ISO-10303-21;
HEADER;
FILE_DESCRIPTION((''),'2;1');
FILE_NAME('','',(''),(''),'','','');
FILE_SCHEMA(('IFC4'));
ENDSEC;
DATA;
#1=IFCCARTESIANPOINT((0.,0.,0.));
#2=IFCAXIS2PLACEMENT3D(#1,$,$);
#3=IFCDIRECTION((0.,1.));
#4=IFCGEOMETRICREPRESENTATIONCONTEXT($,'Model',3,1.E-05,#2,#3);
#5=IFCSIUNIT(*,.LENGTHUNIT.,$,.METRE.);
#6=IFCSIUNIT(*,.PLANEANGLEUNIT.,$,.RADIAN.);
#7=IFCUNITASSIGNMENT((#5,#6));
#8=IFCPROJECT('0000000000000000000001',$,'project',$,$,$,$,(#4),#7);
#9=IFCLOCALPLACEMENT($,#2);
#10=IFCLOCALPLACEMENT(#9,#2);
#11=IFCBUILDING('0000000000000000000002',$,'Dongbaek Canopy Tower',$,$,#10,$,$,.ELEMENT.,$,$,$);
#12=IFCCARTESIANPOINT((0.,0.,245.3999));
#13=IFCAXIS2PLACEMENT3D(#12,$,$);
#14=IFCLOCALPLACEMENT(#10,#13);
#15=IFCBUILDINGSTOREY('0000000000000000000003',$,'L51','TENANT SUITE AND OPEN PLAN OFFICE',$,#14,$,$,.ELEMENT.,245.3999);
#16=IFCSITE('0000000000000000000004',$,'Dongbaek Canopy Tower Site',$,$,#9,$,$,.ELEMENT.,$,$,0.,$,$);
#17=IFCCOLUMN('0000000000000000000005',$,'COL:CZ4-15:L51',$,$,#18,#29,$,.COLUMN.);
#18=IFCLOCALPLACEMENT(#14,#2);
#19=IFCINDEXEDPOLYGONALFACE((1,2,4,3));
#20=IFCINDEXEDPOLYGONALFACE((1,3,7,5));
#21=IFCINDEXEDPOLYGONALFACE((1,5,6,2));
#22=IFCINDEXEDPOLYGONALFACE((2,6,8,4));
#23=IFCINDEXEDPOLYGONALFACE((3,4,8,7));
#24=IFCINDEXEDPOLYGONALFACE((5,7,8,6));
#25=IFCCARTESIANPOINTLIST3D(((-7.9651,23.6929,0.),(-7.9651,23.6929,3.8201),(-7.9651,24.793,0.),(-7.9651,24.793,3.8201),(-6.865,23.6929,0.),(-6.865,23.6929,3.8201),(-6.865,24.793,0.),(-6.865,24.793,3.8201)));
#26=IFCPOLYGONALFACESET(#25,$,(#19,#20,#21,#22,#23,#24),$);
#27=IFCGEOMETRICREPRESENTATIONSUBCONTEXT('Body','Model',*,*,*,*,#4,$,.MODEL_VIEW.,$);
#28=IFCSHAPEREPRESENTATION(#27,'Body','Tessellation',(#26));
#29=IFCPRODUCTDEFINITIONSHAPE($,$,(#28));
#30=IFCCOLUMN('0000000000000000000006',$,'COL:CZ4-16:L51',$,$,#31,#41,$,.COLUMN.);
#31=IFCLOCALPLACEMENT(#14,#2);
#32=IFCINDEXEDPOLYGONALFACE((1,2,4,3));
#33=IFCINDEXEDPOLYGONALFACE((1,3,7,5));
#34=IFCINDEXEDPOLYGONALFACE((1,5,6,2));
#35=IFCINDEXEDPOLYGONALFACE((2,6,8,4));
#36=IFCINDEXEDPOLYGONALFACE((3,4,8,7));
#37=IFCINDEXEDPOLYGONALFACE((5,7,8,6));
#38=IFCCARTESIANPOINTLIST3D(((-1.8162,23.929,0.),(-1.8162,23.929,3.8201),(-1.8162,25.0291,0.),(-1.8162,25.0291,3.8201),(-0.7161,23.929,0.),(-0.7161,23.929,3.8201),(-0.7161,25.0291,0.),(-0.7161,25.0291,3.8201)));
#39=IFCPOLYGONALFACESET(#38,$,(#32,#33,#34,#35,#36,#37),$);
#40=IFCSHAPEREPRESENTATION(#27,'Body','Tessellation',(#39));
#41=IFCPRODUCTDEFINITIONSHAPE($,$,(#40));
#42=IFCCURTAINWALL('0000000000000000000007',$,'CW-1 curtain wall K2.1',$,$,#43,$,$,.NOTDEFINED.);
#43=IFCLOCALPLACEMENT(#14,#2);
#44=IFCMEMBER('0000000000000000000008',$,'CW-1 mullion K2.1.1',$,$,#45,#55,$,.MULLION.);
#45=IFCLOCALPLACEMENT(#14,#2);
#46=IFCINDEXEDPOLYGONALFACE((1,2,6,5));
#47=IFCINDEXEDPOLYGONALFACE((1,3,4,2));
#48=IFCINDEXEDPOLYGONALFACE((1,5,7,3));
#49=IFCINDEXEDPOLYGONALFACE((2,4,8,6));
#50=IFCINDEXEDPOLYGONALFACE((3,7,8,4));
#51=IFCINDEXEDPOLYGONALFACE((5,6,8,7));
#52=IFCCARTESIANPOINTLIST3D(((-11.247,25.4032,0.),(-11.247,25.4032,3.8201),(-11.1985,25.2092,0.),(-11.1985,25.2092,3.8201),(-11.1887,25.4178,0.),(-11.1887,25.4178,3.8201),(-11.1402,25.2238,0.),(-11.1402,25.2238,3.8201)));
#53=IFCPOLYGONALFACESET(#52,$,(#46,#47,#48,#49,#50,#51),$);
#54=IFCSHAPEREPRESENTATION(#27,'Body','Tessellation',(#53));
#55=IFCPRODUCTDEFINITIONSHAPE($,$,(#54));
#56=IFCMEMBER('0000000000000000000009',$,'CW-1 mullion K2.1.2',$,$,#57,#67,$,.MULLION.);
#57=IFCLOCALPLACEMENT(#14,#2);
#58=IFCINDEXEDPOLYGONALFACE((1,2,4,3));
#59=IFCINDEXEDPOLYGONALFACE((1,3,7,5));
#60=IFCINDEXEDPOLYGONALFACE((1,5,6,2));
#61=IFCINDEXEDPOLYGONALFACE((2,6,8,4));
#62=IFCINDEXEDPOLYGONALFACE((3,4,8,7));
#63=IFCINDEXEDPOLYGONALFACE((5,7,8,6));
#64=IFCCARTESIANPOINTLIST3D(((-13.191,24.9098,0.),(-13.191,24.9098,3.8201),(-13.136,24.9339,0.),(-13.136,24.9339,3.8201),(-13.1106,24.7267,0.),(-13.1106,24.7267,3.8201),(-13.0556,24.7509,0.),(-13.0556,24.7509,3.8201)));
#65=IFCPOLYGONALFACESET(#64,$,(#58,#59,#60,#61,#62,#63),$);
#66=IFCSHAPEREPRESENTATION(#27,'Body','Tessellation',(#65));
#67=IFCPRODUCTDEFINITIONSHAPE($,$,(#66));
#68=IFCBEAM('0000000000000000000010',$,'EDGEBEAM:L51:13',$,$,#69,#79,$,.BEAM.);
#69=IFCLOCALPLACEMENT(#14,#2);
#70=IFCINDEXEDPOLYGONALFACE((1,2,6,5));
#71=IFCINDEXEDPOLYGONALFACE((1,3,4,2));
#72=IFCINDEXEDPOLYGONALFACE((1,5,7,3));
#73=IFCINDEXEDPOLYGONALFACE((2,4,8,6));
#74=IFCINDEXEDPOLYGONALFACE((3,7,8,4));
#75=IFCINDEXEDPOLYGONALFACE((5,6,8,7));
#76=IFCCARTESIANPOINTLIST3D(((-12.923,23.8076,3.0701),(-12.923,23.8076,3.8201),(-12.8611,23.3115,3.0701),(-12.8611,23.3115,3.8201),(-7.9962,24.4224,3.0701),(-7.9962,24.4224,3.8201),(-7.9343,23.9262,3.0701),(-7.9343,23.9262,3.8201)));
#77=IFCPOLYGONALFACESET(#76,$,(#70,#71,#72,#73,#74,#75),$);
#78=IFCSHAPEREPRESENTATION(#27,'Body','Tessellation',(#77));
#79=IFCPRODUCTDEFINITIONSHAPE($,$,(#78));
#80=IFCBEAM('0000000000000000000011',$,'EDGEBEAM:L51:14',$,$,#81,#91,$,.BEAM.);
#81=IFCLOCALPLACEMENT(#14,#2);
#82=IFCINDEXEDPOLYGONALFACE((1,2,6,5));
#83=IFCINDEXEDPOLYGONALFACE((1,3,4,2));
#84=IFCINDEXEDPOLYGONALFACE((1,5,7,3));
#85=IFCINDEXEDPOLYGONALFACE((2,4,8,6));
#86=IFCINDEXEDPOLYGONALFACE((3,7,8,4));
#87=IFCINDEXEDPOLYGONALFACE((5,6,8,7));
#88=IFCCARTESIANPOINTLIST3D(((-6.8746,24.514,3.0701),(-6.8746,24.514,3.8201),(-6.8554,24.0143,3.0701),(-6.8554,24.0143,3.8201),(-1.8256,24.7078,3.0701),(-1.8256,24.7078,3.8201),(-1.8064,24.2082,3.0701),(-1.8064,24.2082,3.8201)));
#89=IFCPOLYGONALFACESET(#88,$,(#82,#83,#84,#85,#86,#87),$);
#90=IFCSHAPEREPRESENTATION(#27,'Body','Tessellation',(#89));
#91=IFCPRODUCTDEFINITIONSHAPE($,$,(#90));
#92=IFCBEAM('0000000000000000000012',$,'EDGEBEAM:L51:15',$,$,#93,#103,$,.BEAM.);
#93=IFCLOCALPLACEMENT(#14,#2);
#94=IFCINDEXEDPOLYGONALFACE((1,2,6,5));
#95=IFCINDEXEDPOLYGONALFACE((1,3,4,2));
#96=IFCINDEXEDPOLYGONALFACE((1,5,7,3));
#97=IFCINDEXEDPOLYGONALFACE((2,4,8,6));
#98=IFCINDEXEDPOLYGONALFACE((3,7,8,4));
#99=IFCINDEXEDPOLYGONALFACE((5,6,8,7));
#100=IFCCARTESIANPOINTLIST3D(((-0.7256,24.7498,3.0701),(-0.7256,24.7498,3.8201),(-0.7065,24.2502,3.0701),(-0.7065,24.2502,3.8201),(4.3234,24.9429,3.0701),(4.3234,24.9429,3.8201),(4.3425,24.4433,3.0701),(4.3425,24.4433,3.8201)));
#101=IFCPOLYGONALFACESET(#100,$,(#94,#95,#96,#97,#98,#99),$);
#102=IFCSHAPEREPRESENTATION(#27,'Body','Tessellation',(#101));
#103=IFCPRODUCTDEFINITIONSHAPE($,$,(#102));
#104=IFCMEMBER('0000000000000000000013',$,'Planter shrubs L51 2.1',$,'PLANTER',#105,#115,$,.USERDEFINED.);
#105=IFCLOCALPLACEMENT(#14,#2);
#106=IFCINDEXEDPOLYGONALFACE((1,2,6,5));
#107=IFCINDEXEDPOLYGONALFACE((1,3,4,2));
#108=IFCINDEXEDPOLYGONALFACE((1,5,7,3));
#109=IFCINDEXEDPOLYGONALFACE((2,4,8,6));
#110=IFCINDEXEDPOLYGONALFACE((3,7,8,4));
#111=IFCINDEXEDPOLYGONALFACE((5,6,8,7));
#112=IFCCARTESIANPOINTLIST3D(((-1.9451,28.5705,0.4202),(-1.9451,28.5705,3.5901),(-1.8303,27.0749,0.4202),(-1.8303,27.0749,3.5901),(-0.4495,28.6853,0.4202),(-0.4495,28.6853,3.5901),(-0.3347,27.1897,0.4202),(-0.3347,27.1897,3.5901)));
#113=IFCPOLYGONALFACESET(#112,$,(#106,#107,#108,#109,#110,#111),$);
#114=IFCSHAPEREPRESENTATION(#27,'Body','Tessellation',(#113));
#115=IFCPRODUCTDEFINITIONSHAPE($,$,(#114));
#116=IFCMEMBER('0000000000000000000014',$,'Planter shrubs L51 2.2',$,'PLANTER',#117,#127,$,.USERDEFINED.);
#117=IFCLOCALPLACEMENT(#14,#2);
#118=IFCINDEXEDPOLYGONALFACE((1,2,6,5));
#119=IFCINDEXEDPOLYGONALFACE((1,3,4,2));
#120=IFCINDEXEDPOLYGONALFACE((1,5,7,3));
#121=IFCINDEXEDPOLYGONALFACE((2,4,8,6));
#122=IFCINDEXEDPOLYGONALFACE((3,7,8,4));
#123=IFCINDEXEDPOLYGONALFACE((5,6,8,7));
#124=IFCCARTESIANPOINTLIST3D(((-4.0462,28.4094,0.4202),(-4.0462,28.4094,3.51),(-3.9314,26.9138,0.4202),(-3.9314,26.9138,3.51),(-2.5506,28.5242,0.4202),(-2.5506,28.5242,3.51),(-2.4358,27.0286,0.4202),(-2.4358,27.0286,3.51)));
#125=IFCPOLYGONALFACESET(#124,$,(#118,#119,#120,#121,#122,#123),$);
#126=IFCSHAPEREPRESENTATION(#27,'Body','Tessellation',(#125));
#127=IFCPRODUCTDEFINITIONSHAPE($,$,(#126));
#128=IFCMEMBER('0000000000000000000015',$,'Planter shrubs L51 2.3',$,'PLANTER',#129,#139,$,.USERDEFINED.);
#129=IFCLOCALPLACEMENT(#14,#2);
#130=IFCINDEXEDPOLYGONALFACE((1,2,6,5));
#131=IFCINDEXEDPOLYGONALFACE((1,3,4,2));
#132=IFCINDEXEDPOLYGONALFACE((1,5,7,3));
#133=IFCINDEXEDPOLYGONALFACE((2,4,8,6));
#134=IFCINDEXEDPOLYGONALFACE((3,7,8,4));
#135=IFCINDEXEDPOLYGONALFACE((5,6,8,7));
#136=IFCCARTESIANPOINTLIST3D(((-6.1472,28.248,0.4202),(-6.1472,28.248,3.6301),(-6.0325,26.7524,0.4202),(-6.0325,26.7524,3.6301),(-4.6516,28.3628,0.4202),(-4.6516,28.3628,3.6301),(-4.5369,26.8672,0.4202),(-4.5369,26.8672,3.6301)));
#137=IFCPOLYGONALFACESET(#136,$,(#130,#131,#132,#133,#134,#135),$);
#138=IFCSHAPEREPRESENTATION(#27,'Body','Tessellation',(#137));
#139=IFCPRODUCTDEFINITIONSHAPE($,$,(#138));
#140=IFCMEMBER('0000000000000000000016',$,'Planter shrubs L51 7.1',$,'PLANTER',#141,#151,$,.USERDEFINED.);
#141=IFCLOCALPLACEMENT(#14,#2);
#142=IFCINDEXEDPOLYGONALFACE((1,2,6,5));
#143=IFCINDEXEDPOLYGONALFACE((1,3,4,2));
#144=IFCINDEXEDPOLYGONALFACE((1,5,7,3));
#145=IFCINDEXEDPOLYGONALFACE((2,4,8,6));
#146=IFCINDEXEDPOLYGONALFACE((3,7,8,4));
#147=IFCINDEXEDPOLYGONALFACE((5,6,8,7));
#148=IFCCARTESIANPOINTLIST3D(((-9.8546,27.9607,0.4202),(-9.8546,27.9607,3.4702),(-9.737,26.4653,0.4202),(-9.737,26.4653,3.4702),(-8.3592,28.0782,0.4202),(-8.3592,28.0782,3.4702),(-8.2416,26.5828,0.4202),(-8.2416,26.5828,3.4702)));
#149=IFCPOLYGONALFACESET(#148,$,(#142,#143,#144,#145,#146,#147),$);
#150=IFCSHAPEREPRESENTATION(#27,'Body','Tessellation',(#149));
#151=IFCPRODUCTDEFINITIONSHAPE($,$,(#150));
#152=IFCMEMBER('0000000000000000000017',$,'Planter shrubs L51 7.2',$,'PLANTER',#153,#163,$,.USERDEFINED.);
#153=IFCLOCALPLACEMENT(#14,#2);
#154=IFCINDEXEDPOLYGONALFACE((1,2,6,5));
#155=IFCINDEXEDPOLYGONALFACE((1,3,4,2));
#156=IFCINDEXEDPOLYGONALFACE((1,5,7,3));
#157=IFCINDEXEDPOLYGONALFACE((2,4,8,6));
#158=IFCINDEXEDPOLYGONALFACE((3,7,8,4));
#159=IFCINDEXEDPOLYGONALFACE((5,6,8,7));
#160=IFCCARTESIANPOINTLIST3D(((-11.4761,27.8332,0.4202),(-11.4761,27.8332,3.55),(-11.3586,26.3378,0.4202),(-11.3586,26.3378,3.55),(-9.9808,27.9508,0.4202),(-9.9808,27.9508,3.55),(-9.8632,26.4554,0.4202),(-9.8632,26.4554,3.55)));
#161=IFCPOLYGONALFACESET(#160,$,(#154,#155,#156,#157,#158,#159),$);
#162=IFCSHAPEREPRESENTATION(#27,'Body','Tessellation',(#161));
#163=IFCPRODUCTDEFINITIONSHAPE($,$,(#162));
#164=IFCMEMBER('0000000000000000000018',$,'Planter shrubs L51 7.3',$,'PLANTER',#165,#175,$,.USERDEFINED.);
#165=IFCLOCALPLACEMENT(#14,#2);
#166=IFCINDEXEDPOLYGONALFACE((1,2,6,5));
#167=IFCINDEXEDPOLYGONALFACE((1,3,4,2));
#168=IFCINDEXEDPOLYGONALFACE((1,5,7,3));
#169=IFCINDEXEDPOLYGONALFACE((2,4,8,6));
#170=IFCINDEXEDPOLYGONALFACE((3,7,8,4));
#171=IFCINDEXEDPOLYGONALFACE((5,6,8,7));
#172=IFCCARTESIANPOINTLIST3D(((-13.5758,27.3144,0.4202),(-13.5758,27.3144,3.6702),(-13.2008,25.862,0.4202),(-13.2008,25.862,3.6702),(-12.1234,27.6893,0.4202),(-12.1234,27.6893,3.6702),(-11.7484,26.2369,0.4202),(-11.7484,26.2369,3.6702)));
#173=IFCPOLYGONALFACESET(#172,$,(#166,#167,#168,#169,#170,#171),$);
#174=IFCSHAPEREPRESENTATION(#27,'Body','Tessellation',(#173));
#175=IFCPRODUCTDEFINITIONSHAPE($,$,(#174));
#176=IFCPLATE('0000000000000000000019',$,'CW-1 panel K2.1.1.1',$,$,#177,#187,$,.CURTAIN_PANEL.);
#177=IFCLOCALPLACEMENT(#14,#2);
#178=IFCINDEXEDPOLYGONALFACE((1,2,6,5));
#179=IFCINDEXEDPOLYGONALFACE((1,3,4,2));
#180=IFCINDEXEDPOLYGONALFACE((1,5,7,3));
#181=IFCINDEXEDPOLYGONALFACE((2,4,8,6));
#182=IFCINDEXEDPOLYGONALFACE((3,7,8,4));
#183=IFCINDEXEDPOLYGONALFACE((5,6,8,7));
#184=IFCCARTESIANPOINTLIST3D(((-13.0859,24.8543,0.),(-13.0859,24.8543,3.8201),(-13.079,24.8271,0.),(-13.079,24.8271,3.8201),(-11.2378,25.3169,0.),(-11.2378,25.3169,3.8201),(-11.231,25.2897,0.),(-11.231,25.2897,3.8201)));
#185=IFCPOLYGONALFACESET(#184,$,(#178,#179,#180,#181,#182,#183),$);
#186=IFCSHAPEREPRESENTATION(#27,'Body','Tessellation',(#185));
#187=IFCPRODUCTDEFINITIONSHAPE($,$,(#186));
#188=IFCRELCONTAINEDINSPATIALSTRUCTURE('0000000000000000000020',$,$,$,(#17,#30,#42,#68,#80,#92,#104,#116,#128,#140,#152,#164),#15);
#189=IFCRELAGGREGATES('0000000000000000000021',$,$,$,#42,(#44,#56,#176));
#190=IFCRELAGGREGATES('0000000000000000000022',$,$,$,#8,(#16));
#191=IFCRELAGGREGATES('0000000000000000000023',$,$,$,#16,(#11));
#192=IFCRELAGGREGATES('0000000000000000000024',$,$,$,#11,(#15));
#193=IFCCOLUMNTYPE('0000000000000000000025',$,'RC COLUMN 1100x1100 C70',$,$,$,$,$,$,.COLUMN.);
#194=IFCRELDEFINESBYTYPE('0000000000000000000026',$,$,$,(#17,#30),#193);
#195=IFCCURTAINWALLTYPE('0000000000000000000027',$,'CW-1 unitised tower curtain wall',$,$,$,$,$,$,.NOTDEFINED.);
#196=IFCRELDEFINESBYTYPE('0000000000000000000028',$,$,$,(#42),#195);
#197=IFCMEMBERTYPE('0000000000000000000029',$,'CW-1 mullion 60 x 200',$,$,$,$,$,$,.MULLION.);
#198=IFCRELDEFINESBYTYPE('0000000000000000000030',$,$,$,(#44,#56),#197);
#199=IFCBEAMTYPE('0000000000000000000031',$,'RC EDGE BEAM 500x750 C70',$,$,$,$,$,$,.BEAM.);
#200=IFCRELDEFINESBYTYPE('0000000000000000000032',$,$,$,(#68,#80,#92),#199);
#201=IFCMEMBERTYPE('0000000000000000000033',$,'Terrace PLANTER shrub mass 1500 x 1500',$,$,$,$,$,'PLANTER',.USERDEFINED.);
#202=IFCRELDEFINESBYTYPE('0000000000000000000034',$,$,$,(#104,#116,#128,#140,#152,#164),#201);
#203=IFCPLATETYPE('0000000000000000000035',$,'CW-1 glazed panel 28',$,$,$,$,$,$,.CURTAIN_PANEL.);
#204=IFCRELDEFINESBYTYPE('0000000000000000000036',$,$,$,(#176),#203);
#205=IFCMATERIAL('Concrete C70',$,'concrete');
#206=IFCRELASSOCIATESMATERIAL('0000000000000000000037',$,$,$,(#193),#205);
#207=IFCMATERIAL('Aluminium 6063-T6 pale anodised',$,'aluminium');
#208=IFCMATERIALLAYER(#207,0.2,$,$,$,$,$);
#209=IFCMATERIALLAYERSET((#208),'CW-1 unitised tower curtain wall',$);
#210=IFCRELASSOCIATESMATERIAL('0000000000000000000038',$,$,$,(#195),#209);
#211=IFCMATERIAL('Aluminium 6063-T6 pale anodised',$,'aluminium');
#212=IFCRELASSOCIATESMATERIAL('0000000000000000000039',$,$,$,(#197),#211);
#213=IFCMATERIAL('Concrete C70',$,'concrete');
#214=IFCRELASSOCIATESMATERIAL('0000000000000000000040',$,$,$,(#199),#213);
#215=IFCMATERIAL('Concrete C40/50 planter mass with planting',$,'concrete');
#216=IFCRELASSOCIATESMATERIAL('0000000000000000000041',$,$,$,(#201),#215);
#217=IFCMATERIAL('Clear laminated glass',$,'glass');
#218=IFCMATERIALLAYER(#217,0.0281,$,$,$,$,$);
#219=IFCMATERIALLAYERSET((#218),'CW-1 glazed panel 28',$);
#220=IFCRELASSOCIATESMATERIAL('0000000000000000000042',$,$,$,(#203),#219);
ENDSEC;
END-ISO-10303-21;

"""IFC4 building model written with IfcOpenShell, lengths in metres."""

from ifc_helpers import new_model, si_unit, direction, frame, origin, origin_2d, place, context, subcontext, project, spatial, rectangle, extrude, material, layer, layer_set, material_profile, profile_set, type_object, element, aggregate, save


model = new_model("IFC4")

# Units and contexts
model_context = context("Model", 3, precision=1e-05, world=origin(), true_north=direction((0.0, 1.0)))
body_context = subcontext(model_context, "Body", "Model", "MODEL_VIEW")
ifc_project = project(units=[si_unit("LENGTHUNIT", "METRE"), si_unit("PLANEANGLEUNIT", "RADIAN")], contexts=[model_context])

# Site, building, storey
site_placement = place(None, origin())
site = spatial("IfcSite", under=ifc_project, at=site_placement, Name="Dongbaek Canopy Tower Site", CompositionType="ELEMENT", RefElevation=0.0)
building_placement = place(site_placement, origin())
building = spatial("IfcBuilding", under=site, at=building_placement, Name="Dongbaek Canopy Tower", CompositionType="ELEMENT")
storey_placement = place(building_placement, frame((0.0, 0.0, 245.3999)))
storey = spatial("IfcBuildingStorey", under=building, at=storey_placement, Name="L51", Description="TENANT SUITE AND OPEN PLAN OFFICE", CompositionType="ELEMENT", Elevation=245.3999)

# Columns
ifc_material_1 = material(Name="Concrete C70", Category="concrete")
ifc_material_profile_1 = material_profile(ifc_material_1, rectangle(XDim=1.1001, YDim=1.1001, at=origin_2d()), Name="RC COLUMN 1100x1100 C70")
ifc_profile_set_1 = profile_set([ifc_material_profile_1], Name="Concrete C70")
column_type = type_object("IfcColumnType", Name="RC COLUMN 1100x1100 C70", PredefinedType="COLUMN", material=ifc_profile_set_1)
for number, where, z_axis, x_axis, name in (
    (1, (-7.415, 24.2429, 0.0), (0.0, 0.0, 1.0), (1.0, 0.0, 0.0), "COL:CZ4-15:L51"),
    (2, (-1.2661, 24.479, 0.0), (0.0, 0.0, 1.0), (1.0, 0.0, 0.0), "COL:CZ4-16:L51"),
):
    element("IfcColumn", number, at=place(storey_placement, frame(where, z_axis=z_axis, x_axis=x_axis)), inside=storey, type_object=column_type, Name=name, PredefinedType="COLUMN", context=body_context, shape_type="SweptSolid", body=[
        extrude(rectangle(XDim=1.1001, YDim=1.1001, at=origin_2d()), origin(), (0.0, 0.0, 1.0), 3.8201),
    ])

# Curtain wall, members
ifc_material_2 = material(Name="Aluminium 6063-T6 pale anodised", Category="aluminium")
ifc_layer_1 = layer(ifc_material_2, 0.2)
ifc_layer_set_1 = layer_set([ifc_layer_1], Name="CW-1 unitised tower curtain wall")
curtain_wall_type = type_object("IfcCurtainWallType", Name="CW-1 unitised tower curtain wall", PredefinedType="NOTDEFINED", material=ifc_layer_set_1)
curtain_wall_placement = place(storey_placement, origin())
curtain_wall = element("IfcCurtainWall", 3, at=curtain_wall_placement, inside=storey, type_object=curtain_wall_type, Name="CW-1 curtain wall K2.1", PredefinedType="NOTDEFINED")
ifc_material_3 = material(Name="Aluminium 6063-T6 pale anodised", Category="aluminium")
ifc_material_profile_2 = material_profile(ifc_material_3, rectangle(XDim=0.2, YDim=0.0601, at=origin_2d()), Name="CW-1 mullion 60 x 200")
ifc_profile_set_2 = profile_set([ifc_material_profile_2], Name="Aluminium 6063-T6 pale anodised")
member_type_1 = type_object("IfcMemberType", Name="CW-1 mullion 60 x 200", PredefinedType="MULLION", material=ifc_profile_set_2)
member_1_placement = place(storey_placement, frame((-11.1936, 25.3135, 0.0), z_axis=(0.0, 0.0, 1.0), x_axis=(-0.242824, 0.97007, 0.0)))
member_1 = element("IfcMember", 4, at=member_1_placement, type_object=member_type_1, Name="CW-1 mullion K2.1.1", PredefinedType="MULLION", context=body_context, shape_type="SweptSolid", body=[
    extrude(rectangle(XDim=0.2, YDim=0.0601, at=origin_2d()), origin(), (0.0, 0.0, 1.0), 3.8201),
])
member_2_placement = place(storey_placement, frame((-13.1233, 24.8303, 0.0), z_axis=(0.0, 0.0, 1.0), x_axis=(-0.402236, 0.915536, 0.0)))
member_2 = element("IfcMember", 5, at=member_2_placement, type_object=member_type_1, Name="CW-1 mullion K2.1.2", PredefinedType="MULLION", context=body_context, shape_type="SweptSolid", body=[
    extrude(rectangle(XDim=0.2, YDim=0.0601, at=origin_2d()), origin(), (0.0, 0.0, 1.0), 3.8201),
])

# Beams
ifc_material_4 = material(Name="Concrete C70", Category="concrete")
ifc_material_profile_3 = material_profile(ifc_material_4, rectangle(XDim=0.5, YDim=0.75, at=origin_2d()), Name="RC EDGE BEAM 500x750 C70")
ifc_profile_set_3 = profile_set([ifc_material_profile_3], Name="Concrete C70")
beam_type = type_object("IfcBeamType", Name="RC EDGE BEAM 500x750 C70", PredefinedType="BEAM", material=ifc_profile_set_3)
beam_placement = place(storey_placement, frame((-12.8921, 23.5596, 3.4451), z_axis=(0.992306, 0.123811, 0.0), x_axis=(-0.123811, 0.992306, 0.0)))
element("IfcBeam", 6, at=beam_placement, inside=storey, type_object=beam_type, Name="EDGEBEAM:L51:13", PredefinedType="BEAM", context=body_context, shape_type="SweptSolid", body=[
    extrude(rectangle(XDim=0.5, YDim=0.75, at=origin_2d()), origin(), (0.0, 0.0, 1.0), 4.9651),
])
for number, where, z_axis, x_axis, name in (
    (7, (-6.865, 24.2642, 3.4451), (0.999264, 0.038364, 0.0), (-0.038364, 0.999264, 0.0), "EDGEBEAM:L51:14"),
    (8, (-0.7161, 24.5, 3.4451), (0.999269, 0.03822, 0.0), (-0.03822, 0.999269, 0.0), "EDGEBEAM:L51:15"),
):
    element("IfcBeam", number, at=place(storey_placement, frame(where, z_axis=z_axis, x_axis=x_axis)), inside=storey, type_object=beam_type, Name=name, PredefinedType="BEAM", context=body_context, shape_type="SweptSolid", body=[
        extrude(rectangle(XDim=0.5, YDim=0.75, at=origin_2d()), origin(), (0.0, 0.0, 1.0), 5.0527),
    ])

# Members
ifc_material_5 = material(Name="Concrete C40/50 planter mass with planting", Category="concrete")
ifc_material_profile_4 = material_profile(ifc_material_5, rectangle(XDim=1.5, YDim=1.5, at=origin_2d()), Name="Terrace PLANTER shrub mass 1500 x 1500")
ifc_profile_set_4 = profile_set([ifc_material_profile_4], Name="Concrete C40/50 planter mass with planting")
member_type_2 = type_object("IfcMemberType", Name="Terrace PLANTER shrub mass 1500 x 1500", ElementType="PLANTER", PredefinedType="USERDEFINED", material=ifc_profile_set_4)
member_3_placement = place(storey_placement, frame((-1.1399, 27.8801, 0.4202), z_axis=(0.0, 0.0, 1.0), x_axis=(-0.076518, 0.997068, 0.0)))
element("IfcMember", 9, at=member_3_placement, inside=storey, type_object=member_type_2, Name="Planter shrubs L51 2.1", ObjectType="PLANTER", PredefinedType="USERDEFINED", context=body_context, shape_type="SweptSolid", body=[
    extrude(rectangle(XDim=1.5, YDim=1.5, at=origin_2d()), origin(), (0.0, 0.0, 1.0), 3.1699),
])
member_4_placement = place(storey_placement, frame((-3.241, 27.719, 0.4202), z_axis=(0.0, 0.0, 1.0), x_axis=(-0.076518, 0.997068, 0.0)))
element("IfcMember", 10, at=member_4_placement, inside=storey, type_object=member_type_2, Name="Planter shrubs L51 2.2", ObjectType="PLANTER", PredefinedType="USERDEFINED", context=body_context, shape_type="SweptSolid", body=[
    extrude(rectangle(XDim=1.5, YDim=1.5, at=origin_2d()), origin(), (0.0, 0.0, 1.0), 3.0898),
])
member_5_placement = place(storey_placement, frame((-5.342, 27.5576, 0.4202), z_axis=(0.0, 0.0, 1.0), x_axis=(-0.076518, 0.997068, 0.0)))
element("IfcMember", 11, at=member_5_placement, inside=storey, type_object=member_type_2, Name="Planter shrubs L51 2.3", ObjectType="PLANTER", PredefinedType="USERDEFINED", context=body_context, shape_type="SweptSolid", body=[
    extrude(rectangle(XDim=1.5, YDim=1.5, at=origin_2d()), origin(), (0.0, 0.0, 1.0), 3.21),
])
member_6_placement = place(storey_placement, frame((-9.0481, 27.2717, 0.4202), z_axis=(0.0, 0.0, 1.0), x_axis=(-0.078359, 0.996925, 0.0)))
element("IfcMember", 12, at=member_6_placement, inside=storey, type_object=member_type_2, Name="Planter shrubs L51 7.1", ObjectType="PLANTER", PredefinedType="USERDEFINED", context=body_context, shape_type="SweptSolid", body=[
    extrude(rectangle(XDim=1.5, YDim=1.5, at=origin_2d()), origin(), (0.0, 0.0, 1.0), 3.05),
])
member_7_placement = place(storey_placement, frame((-10.6697, 27.1443, 0.4202), z_axis=(0.0, 0.0, 1.0), x_axis=(-0.078359, 0.996925, 0.0)))
element("IfcMember", 13, at=member_7_placement, inside=storey, type_object=member_type_2, Name="Planter shrubs L51 7.2", ObjectType="PLANTER", PredefinedType="USERDEFINED", context=body_context, shape_type="SweptSolid", body=[
    extrude(rectangle(XDim=1.5, YDim=1.5, at=origin_2d()), origin(), (0.0, 0.0, 1.0), 3.1299),
])
member_8_placement = place(storey_placement, frame((-12.6621, 26.7756, 0.4202), z_axis=(0.0, 0.0, 1.0), x_axis=(-0.249963, 0.968255, 0.0)))
element("IfcMember", 14, at=member_8_placement, inside=storey, type_object=member_type_2, Name="Planter shrubs L51 7.3", ObjectType="PLANTER", PredefinedType="USERDEFINED", context=body_context, shape_type="SweptSolid", body=[
    extrude(rectangle(XDim=1.5, YDim=1.5, at=origin_2d()), origin(), (0.0, 0.0, 1.0), 3.25),
])

# Plate
ifc_material_6 = material(Name="Clear laminated glass", Category="glass")
ifc_layer_2 = layer(ifc_material_6, 0.0281)
ifc_layer_set_2 = layer_set([ifc_layer_2], Name="CW-1 glazed panel 28")
plate_type = type_object("IfcPlateType", Name="CW-1 glazed panel 28", PredefinedType="CURTAIN_PANEL", material=ifc_layer_set_2)
plate_placement = place(storey_placement, frame((-12.1584, 25.072, 0.0), z_axis=(0.0, 0.0, 1.0), x_axis=(-0.97007, -0.242824, 0.0)))
plate = element("IfcPlate", 15, at=plate_placement, type_object=plate_type, Name="CW-1 panel K2.1.1.1", PredefinedType="CURTAIN_PANEL", context=body_context, shape_type="SweptSolid", body=[
    extrude(rectangle(XDim=1.905, YDim=0.0281, at=origin_2d()), origin(), (0.0, 0.0, 1.0), 3.8201),
])
aggregate(curtain_wall, [member_1, member_2, plate])

save(model, "model.ifc")
